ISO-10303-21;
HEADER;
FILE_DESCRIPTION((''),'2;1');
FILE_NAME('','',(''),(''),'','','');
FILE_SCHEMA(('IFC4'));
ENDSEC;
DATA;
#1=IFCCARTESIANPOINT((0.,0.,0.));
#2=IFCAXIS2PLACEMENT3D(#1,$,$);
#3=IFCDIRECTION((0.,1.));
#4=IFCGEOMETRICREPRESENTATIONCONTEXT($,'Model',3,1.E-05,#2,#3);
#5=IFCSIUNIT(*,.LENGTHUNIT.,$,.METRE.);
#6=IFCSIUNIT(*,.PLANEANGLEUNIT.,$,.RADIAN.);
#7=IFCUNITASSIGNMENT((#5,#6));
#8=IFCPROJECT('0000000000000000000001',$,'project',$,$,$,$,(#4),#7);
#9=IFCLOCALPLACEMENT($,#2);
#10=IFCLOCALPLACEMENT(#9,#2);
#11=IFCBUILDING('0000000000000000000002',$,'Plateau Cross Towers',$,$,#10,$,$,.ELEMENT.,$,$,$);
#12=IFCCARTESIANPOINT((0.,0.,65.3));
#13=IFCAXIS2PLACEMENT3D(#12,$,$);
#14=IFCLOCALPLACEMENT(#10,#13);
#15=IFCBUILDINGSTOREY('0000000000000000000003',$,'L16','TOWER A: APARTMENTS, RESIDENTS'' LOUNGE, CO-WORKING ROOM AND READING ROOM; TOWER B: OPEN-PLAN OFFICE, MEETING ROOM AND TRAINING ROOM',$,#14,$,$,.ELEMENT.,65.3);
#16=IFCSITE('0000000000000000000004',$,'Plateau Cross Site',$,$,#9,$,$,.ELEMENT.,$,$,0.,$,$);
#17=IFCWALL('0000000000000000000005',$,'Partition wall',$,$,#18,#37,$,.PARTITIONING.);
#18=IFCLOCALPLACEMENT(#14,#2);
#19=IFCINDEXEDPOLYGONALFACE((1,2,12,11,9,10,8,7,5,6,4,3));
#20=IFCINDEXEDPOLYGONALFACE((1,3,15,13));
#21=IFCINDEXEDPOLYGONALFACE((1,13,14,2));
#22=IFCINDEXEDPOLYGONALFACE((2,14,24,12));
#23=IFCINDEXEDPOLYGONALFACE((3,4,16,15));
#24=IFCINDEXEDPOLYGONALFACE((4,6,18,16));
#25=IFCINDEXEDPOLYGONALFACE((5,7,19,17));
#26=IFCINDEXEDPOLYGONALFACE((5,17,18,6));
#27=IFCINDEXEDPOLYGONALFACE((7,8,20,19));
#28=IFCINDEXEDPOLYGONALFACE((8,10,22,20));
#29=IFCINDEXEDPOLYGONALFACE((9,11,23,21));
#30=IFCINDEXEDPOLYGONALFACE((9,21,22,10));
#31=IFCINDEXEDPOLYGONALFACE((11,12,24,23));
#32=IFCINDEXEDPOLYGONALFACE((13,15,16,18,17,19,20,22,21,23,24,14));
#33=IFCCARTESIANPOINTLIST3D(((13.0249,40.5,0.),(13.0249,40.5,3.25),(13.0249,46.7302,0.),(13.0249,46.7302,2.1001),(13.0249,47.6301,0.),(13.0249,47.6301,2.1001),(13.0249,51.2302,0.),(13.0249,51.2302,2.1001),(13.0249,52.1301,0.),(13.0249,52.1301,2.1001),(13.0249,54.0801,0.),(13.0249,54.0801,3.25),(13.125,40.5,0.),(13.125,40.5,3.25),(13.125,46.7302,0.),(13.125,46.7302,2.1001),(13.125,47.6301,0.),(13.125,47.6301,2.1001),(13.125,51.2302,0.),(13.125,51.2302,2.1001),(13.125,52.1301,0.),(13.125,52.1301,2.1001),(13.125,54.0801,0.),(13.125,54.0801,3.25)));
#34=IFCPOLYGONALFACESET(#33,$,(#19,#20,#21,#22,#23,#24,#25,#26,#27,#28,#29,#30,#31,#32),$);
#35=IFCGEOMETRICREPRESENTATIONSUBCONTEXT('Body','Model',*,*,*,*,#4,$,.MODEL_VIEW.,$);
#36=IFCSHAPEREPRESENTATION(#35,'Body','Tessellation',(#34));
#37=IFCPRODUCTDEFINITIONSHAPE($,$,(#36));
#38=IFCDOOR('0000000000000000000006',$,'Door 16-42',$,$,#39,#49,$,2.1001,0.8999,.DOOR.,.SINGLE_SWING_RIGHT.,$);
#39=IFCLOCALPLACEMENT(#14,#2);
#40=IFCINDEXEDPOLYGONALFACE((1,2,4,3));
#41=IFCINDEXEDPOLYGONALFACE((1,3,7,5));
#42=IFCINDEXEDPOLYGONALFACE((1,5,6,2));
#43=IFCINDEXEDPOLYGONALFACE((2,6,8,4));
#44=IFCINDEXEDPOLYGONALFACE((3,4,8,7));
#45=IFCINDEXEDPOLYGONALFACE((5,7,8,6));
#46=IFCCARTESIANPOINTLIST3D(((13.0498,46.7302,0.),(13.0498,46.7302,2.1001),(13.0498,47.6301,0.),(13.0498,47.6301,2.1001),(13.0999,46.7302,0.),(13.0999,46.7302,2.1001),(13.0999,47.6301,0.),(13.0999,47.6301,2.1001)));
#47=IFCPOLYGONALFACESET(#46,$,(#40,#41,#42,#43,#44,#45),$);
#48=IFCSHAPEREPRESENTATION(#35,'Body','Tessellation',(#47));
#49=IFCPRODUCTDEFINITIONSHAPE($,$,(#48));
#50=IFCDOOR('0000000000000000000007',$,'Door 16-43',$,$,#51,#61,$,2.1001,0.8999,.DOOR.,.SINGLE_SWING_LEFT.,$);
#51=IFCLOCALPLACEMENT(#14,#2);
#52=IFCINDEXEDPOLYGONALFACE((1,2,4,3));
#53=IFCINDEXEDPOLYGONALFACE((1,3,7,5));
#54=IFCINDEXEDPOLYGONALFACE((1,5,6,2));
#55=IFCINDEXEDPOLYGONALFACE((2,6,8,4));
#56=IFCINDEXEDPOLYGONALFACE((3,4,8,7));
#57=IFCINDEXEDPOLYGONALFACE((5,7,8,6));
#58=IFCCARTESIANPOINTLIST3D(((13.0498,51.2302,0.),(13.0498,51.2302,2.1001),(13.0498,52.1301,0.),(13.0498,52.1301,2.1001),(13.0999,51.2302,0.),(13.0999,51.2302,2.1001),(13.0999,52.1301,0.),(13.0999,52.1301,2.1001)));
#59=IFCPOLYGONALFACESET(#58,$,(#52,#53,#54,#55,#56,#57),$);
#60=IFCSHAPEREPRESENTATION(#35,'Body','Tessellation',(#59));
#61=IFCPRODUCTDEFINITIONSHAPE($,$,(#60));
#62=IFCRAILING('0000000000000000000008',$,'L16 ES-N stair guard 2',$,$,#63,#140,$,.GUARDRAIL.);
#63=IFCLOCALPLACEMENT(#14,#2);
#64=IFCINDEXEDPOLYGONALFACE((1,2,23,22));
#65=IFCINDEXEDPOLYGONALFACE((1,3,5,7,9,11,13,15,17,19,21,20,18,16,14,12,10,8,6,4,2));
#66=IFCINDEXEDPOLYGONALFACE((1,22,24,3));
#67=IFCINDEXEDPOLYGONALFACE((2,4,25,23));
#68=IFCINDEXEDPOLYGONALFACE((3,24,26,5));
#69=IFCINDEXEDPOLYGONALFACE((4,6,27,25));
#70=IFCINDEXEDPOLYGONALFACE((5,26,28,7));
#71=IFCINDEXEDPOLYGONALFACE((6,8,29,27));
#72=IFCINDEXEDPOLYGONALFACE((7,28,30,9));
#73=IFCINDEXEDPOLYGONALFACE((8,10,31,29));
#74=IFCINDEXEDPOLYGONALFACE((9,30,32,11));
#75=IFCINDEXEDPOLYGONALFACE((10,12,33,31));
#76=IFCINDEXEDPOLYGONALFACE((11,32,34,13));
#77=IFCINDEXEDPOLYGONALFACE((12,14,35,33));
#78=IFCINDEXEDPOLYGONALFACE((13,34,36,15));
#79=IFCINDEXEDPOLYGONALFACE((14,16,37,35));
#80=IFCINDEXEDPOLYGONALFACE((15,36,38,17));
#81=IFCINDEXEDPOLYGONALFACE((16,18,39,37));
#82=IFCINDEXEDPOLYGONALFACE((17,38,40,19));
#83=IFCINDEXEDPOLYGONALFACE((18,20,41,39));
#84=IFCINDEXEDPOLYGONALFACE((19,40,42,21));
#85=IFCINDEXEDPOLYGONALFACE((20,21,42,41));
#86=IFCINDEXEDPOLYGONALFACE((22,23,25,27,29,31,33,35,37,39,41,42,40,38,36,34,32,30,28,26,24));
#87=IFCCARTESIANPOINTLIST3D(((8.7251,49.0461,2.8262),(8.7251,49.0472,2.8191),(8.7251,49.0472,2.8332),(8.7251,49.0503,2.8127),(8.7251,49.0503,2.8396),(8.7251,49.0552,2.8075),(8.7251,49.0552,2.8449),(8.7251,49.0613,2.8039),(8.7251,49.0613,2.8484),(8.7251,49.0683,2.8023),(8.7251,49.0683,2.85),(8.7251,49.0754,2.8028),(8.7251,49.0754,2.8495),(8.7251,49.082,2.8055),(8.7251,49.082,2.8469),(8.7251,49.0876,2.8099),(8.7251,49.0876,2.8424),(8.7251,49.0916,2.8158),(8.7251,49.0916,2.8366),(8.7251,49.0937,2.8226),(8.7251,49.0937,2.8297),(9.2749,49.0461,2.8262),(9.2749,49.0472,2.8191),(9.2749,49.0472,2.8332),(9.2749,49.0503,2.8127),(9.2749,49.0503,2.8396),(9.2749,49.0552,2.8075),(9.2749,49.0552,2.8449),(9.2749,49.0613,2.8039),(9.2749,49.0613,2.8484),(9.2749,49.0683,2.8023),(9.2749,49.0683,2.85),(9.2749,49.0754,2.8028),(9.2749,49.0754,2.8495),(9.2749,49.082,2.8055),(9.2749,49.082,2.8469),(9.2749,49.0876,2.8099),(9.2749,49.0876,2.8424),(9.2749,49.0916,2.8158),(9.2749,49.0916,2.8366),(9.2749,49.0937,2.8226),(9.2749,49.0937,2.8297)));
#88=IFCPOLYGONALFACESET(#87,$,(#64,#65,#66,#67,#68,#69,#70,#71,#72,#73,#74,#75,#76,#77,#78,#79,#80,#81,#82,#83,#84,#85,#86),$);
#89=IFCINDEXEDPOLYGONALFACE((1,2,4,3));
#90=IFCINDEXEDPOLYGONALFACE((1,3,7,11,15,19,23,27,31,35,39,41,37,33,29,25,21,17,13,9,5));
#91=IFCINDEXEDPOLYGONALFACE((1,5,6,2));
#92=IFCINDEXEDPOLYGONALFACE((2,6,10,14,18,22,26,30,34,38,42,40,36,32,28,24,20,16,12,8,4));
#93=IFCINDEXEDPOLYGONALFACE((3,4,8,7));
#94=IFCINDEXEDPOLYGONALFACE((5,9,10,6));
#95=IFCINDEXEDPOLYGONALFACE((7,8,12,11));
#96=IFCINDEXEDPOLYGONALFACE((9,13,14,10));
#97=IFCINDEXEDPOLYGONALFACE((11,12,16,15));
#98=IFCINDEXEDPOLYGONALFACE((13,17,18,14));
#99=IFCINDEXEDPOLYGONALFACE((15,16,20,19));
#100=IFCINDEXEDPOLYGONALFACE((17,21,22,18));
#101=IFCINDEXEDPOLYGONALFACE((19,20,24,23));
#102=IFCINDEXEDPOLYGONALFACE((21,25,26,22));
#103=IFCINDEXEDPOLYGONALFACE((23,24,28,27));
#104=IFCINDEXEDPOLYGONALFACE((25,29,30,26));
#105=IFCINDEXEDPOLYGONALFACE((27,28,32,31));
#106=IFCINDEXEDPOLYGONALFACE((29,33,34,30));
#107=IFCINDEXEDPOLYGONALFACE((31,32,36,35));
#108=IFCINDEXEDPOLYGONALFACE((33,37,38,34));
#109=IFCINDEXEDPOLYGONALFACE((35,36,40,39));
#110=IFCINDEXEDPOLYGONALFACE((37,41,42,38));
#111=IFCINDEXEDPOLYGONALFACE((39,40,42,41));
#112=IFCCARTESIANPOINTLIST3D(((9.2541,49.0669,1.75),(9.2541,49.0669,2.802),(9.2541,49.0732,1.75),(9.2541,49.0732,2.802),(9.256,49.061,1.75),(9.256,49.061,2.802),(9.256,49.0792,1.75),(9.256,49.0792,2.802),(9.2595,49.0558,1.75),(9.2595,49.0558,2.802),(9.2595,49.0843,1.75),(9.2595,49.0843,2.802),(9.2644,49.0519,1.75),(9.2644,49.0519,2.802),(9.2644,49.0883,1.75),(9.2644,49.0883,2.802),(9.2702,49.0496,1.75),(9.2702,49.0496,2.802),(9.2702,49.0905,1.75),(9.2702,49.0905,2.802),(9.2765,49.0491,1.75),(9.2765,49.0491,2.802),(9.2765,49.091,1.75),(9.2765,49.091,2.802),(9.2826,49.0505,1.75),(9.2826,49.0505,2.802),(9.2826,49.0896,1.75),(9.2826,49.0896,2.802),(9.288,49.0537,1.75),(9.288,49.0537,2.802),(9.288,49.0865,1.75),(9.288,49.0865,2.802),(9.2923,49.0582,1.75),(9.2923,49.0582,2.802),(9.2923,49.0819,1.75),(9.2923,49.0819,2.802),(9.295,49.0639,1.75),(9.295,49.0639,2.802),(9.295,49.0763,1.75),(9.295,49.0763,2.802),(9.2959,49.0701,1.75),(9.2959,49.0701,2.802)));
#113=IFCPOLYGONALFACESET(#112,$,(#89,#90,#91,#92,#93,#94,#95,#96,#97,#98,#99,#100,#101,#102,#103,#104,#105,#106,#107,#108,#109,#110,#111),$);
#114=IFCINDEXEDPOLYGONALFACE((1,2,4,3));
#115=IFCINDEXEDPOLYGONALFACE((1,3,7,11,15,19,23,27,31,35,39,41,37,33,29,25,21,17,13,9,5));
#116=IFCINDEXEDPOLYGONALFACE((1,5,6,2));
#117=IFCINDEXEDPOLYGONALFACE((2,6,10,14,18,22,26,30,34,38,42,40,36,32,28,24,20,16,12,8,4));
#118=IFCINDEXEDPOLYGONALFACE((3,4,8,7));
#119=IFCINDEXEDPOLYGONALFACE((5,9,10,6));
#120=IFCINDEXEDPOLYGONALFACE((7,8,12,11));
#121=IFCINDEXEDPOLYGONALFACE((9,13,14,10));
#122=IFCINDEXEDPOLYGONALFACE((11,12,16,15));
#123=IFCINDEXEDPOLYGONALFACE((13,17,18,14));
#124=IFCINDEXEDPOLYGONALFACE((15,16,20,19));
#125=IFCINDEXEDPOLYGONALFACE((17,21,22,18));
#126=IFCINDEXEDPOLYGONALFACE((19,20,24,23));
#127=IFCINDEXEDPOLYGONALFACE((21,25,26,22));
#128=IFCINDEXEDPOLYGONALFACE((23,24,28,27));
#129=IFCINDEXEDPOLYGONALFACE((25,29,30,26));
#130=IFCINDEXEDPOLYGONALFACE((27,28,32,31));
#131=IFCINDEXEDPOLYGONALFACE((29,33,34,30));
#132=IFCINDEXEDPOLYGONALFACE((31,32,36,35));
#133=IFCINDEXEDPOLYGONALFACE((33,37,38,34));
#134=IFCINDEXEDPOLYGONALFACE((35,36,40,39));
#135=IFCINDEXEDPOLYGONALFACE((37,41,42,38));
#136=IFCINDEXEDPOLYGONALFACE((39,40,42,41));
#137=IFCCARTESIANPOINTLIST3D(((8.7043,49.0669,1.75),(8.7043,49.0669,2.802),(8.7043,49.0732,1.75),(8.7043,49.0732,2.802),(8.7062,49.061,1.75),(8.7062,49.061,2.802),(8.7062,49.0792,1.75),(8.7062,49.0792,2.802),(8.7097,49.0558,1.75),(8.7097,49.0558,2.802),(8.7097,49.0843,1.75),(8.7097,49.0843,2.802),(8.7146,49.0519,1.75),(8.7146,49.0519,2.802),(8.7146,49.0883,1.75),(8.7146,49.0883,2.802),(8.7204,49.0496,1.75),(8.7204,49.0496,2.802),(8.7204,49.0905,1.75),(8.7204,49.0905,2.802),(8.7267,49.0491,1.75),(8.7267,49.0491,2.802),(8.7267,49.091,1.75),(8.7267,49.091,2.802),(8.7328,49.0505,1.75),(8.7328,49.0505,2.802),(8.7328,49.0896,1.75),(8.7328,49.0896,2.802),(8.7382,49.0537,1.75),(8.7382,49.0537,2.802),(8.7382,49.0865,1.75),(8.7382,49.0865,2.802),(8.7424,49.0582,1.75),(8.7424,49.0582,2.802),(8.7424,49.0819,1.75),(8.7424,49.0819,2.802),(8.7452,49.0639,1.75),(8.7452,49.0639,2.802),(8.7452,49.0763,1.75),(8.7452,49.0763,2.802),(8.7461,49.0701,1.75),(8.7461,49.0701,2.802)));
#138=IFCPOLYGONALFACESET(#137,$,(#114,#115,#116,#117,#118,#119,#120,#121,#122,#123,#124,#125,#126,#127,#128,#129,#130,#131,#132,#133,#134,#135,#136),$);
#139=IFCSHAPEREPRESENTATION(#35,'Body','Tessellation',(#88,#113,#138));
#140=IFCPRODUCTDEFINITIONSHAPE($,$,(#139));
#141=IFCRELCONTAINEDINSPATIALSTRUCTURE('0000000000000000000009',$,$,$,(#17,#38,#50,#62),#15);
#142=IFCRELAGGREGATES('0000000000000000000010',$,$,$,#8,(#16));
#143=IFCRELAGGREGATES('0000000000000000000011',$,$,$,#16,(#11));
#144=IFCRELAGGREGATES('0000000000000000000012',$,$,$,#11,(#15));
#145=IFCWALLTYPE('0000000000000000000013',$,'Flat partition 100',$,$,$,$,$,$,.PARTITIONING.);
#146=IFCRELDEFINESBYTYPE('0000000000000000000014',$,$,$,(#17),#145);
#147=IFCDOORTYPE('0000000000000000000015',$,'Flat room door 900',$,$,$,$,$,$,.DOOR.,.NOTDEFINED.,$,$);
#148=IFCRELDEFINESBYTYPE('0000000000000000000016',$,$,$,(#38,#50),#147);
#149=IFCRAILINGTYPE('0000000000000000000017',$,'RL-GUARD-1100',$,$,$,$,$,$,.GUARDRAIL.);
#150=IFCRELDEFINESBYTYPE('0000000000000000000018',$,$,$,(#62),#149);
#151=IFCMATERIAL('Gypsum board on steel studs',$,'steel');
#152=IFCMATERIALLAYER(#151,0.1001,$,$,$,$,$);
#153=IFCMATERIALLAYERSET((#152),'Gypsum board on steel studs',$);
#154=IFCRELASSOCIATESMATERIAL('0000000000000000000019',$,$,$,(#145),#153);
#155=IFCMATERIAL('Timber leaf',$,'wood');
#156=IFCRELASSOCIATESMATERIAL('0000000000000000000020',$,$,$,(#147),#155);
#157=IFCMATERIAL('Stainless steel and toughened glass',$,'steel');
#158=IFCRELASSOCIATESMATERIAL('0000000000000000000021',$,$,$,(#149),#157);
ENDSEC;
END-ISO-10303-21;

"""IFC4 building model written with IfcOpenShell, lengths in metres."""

from ifc_helpers import new_model, si_unit, direction, frame, frame_2d, origin, origin_2d, place, context, subcontext, project, spatial, rectangle, circle, extrude, material, layer, layer_set, type_object, element, fill, save


model = new_model("IFC4")

# Units and contexts
model_context = context("Model", 3, precision=1e-05, world=origin(), true_north=direction((0.0, 1.0)))
body_context = subcontext(model_context, "Body", "Model", "MODEL_VIEW")
ifc_project = project(units=[si_unit("LENGTHUNIT", "METRE"), si_unit("PLANEANGLEUNIT", "RADIAN")], contexts=[model_context])

# Site, building, storey
site_placement = place(None, origin())
site = spatial("IfcSite", under=ifc_project, at=site_placement, Name="Plateau Cross Site", CompositionType="ELEMENT", RefElevation=0.0)
building_placement = place(site_placement, origin())
building = spatial("IfcBuilding", under=site, at=building_placement, Name="Plateau Cross Towers", CompositionType="ELEMENT")
storey_placement = place(building_placement, frame((0.0, 0.0, 65.3)))
storey = spatial("IfcBuildingStorey", under=building, at=storey_placement, Name="L16", Description="TOWER A: APARTMENTS, RESIDENTS' LOUNGE, CO-WORKING ROOM AND READING ROOM; TOWER B: OPEN-PLAN OFFICE, MEETING ROOM AND TRAINING ROOM", CompositionType="ELEMENT", Elevation=65.3)

# Shared definitions
ifc_material_1 = material(Name="Gypsum board on steel studs", Category="steel")
ifc_layer_1 = layer(ifc_material_1, 0.1001)
ifc_layer_set_1 = layer_set([ifc_layer_1], Name="Gypsum board on steel studs")
wall_type = type_object("IfcWallType", Name="Flat partition 100", PredefinedType="PARTITIONING", material=ifc_layer_set_1)

# Wall, openings, doors
wall_1_placement = place(storey_placement, frame((13.075, 54.0801, 0.0), z_axis=(0.0, 0.0, 1.0), x_axis=(0.0, -1.0, 0.0)))
wall_1 = element("IfcWall", 1, at=wall_1_placement, inside=storey, type_object=wall_type, Name="Partition wall", PredefinedType="PARTITIONING", context=body_context, shape_type="SweptSolid", body=[
    extrude(rectangle(XDim=13.5801, YDim=0.1001, at=frame_2d((6.79, 0.0))), origin(), (0.0, 0.0, 1.0), 3.25),
])
opening_1_placement = place(wall_1_placement, frame((6.45, 0.0, 0.0)))
opening_1 = element("IfcOpeningElement", 2, at=opening_1_placement, cuts=wall_1, PredefinedType="OPENING", context=body_context, shape_type="SweptSolid", body=[
    extrude(rectangle(XDim=0.8999, YDim=2.1001, at=frame_2d((0.45, 1.05))), frame((0.0, 0.0601, 0.0), z_axis=(0.0, -1.0, 0.0), x_axis=(1.0, 0.0, 0.0)), (0.0, 0.0, 1.0), 0.1201),
])
opening_2_placement = place(wall_1_placement, frame((1.95, 0.0, 0.0)))
opening_2 = element("IfcOpeningElement", 3, at=opening_2_placement, cuts=wall_1, PredefinedType="OPENING", context=body_context, shape_type="SweptSolid", body=[
    extrude(rectangle(XDim=0.8999, YDim=2.1001, at=frame_2d((0.45, 1.05))), frame((0.0, 0.0601, 0.0), z_axis=(0.0, -1.0, 0.0), x_axis=(1.0, 0.0, 0.0)), (0.0, 0.0, 1.0), 0.1201),
])
ifc_material_2 = material(Name="Timber leaf", Category="wood")
door_type = type_object("IfcDoorType", Name="Flat room door 900", OperationType="NOTDEFINED", PredefinedType="DOOR", material=ifc_material_2)
door_1_placement = place(opening_1_placement, origin())
door_1 = element("IfcDoor", 4, at=door_1_placement, inside=storey, type_object=door_type, Name="Door 16-42", OperationType="SINGLE_SWING_RIGHT", OverallHeight=2.1001, OverallWidth=0.8999, PredefinedType="DOOR", context=body_context, shape_type="SweptSolid", body=[
    extrude(rectangle(XDim=0.8999, YDim=2.1001, at=frame_2d((0.45, 1.05))), frame((0.0, 0.0249, 0.0), z_axis=(0.0, -1.0, 0.0), x_axis=(1.0, 0.0, 0.0)), (0.0, 0.0, 1.0), 0.05),
])
fill(opening_1, door_1)
door_2_placement = place(opening_2_placement, origin())
door_2 = element("IfcDoor", 5, at=door_2_placement, inside=storey, type_object=door_type, Name="Door 16-43", OperationType="SINGLE_SWING_LEFT", OverallHeight=2.1001, OverallWidth=0.8999, PredefinedType="DOOR", context=body_context, shape_type="SweptSolid", body=[
    extrude(rectangle(XDim=0.8999, YDim=2.1001, at=frame_2d((0.45, 1.05))), frame((0.0, 0.0249, 0.0), z_axis=(0.0, -1.0, 0.0), x_axis=(1.0, 0.0, 0.0)), (0.0, 0.0, 1.0), 0.05),
])
fill(opening_2, door_2)

# Railing
ifc_material_3 = material(Name="Stainless steel and toughened glass", Category="steel")
railing_type = type_object("IfcRailingType", Name="RL-GUARD-1100", PredefinedType="GUARDRAIL", material=ifc_material_3)
railing_1_placement = place(storey_placement, frame((9.2749, 49.0701, 1.75)))
element("IfcRailing", 6, at=railing_1_placement, inside=storey, type_object=railing_type, Name="L16 ES-N stair guard 2", PredefinedType="GUARDRAIL", context=body_context, shape_type="SweptSolid", body=[
    extrude(circle(Radius=0.0239, at=origin_2d()), frame((0.0, 0.0, 1.0762), z_axis=(-1.0, 0.0, 0.0), x_axis=(0.0, -1.0, 0.0)), (0.0, 0.0, 1.0), 0.5498),
    extrude(circle(Radius=0.021, at=origin_2d()), origin(), (0.0, 0.0, 1.0), 1.052),
    extrude(circle(Radius=0.021, at=origin_2d()), frame((-0.5498, 0.0, 0.0)), (0.0, 0.0, 1.0), 1.052),
])

save(model, "model.ifc")
